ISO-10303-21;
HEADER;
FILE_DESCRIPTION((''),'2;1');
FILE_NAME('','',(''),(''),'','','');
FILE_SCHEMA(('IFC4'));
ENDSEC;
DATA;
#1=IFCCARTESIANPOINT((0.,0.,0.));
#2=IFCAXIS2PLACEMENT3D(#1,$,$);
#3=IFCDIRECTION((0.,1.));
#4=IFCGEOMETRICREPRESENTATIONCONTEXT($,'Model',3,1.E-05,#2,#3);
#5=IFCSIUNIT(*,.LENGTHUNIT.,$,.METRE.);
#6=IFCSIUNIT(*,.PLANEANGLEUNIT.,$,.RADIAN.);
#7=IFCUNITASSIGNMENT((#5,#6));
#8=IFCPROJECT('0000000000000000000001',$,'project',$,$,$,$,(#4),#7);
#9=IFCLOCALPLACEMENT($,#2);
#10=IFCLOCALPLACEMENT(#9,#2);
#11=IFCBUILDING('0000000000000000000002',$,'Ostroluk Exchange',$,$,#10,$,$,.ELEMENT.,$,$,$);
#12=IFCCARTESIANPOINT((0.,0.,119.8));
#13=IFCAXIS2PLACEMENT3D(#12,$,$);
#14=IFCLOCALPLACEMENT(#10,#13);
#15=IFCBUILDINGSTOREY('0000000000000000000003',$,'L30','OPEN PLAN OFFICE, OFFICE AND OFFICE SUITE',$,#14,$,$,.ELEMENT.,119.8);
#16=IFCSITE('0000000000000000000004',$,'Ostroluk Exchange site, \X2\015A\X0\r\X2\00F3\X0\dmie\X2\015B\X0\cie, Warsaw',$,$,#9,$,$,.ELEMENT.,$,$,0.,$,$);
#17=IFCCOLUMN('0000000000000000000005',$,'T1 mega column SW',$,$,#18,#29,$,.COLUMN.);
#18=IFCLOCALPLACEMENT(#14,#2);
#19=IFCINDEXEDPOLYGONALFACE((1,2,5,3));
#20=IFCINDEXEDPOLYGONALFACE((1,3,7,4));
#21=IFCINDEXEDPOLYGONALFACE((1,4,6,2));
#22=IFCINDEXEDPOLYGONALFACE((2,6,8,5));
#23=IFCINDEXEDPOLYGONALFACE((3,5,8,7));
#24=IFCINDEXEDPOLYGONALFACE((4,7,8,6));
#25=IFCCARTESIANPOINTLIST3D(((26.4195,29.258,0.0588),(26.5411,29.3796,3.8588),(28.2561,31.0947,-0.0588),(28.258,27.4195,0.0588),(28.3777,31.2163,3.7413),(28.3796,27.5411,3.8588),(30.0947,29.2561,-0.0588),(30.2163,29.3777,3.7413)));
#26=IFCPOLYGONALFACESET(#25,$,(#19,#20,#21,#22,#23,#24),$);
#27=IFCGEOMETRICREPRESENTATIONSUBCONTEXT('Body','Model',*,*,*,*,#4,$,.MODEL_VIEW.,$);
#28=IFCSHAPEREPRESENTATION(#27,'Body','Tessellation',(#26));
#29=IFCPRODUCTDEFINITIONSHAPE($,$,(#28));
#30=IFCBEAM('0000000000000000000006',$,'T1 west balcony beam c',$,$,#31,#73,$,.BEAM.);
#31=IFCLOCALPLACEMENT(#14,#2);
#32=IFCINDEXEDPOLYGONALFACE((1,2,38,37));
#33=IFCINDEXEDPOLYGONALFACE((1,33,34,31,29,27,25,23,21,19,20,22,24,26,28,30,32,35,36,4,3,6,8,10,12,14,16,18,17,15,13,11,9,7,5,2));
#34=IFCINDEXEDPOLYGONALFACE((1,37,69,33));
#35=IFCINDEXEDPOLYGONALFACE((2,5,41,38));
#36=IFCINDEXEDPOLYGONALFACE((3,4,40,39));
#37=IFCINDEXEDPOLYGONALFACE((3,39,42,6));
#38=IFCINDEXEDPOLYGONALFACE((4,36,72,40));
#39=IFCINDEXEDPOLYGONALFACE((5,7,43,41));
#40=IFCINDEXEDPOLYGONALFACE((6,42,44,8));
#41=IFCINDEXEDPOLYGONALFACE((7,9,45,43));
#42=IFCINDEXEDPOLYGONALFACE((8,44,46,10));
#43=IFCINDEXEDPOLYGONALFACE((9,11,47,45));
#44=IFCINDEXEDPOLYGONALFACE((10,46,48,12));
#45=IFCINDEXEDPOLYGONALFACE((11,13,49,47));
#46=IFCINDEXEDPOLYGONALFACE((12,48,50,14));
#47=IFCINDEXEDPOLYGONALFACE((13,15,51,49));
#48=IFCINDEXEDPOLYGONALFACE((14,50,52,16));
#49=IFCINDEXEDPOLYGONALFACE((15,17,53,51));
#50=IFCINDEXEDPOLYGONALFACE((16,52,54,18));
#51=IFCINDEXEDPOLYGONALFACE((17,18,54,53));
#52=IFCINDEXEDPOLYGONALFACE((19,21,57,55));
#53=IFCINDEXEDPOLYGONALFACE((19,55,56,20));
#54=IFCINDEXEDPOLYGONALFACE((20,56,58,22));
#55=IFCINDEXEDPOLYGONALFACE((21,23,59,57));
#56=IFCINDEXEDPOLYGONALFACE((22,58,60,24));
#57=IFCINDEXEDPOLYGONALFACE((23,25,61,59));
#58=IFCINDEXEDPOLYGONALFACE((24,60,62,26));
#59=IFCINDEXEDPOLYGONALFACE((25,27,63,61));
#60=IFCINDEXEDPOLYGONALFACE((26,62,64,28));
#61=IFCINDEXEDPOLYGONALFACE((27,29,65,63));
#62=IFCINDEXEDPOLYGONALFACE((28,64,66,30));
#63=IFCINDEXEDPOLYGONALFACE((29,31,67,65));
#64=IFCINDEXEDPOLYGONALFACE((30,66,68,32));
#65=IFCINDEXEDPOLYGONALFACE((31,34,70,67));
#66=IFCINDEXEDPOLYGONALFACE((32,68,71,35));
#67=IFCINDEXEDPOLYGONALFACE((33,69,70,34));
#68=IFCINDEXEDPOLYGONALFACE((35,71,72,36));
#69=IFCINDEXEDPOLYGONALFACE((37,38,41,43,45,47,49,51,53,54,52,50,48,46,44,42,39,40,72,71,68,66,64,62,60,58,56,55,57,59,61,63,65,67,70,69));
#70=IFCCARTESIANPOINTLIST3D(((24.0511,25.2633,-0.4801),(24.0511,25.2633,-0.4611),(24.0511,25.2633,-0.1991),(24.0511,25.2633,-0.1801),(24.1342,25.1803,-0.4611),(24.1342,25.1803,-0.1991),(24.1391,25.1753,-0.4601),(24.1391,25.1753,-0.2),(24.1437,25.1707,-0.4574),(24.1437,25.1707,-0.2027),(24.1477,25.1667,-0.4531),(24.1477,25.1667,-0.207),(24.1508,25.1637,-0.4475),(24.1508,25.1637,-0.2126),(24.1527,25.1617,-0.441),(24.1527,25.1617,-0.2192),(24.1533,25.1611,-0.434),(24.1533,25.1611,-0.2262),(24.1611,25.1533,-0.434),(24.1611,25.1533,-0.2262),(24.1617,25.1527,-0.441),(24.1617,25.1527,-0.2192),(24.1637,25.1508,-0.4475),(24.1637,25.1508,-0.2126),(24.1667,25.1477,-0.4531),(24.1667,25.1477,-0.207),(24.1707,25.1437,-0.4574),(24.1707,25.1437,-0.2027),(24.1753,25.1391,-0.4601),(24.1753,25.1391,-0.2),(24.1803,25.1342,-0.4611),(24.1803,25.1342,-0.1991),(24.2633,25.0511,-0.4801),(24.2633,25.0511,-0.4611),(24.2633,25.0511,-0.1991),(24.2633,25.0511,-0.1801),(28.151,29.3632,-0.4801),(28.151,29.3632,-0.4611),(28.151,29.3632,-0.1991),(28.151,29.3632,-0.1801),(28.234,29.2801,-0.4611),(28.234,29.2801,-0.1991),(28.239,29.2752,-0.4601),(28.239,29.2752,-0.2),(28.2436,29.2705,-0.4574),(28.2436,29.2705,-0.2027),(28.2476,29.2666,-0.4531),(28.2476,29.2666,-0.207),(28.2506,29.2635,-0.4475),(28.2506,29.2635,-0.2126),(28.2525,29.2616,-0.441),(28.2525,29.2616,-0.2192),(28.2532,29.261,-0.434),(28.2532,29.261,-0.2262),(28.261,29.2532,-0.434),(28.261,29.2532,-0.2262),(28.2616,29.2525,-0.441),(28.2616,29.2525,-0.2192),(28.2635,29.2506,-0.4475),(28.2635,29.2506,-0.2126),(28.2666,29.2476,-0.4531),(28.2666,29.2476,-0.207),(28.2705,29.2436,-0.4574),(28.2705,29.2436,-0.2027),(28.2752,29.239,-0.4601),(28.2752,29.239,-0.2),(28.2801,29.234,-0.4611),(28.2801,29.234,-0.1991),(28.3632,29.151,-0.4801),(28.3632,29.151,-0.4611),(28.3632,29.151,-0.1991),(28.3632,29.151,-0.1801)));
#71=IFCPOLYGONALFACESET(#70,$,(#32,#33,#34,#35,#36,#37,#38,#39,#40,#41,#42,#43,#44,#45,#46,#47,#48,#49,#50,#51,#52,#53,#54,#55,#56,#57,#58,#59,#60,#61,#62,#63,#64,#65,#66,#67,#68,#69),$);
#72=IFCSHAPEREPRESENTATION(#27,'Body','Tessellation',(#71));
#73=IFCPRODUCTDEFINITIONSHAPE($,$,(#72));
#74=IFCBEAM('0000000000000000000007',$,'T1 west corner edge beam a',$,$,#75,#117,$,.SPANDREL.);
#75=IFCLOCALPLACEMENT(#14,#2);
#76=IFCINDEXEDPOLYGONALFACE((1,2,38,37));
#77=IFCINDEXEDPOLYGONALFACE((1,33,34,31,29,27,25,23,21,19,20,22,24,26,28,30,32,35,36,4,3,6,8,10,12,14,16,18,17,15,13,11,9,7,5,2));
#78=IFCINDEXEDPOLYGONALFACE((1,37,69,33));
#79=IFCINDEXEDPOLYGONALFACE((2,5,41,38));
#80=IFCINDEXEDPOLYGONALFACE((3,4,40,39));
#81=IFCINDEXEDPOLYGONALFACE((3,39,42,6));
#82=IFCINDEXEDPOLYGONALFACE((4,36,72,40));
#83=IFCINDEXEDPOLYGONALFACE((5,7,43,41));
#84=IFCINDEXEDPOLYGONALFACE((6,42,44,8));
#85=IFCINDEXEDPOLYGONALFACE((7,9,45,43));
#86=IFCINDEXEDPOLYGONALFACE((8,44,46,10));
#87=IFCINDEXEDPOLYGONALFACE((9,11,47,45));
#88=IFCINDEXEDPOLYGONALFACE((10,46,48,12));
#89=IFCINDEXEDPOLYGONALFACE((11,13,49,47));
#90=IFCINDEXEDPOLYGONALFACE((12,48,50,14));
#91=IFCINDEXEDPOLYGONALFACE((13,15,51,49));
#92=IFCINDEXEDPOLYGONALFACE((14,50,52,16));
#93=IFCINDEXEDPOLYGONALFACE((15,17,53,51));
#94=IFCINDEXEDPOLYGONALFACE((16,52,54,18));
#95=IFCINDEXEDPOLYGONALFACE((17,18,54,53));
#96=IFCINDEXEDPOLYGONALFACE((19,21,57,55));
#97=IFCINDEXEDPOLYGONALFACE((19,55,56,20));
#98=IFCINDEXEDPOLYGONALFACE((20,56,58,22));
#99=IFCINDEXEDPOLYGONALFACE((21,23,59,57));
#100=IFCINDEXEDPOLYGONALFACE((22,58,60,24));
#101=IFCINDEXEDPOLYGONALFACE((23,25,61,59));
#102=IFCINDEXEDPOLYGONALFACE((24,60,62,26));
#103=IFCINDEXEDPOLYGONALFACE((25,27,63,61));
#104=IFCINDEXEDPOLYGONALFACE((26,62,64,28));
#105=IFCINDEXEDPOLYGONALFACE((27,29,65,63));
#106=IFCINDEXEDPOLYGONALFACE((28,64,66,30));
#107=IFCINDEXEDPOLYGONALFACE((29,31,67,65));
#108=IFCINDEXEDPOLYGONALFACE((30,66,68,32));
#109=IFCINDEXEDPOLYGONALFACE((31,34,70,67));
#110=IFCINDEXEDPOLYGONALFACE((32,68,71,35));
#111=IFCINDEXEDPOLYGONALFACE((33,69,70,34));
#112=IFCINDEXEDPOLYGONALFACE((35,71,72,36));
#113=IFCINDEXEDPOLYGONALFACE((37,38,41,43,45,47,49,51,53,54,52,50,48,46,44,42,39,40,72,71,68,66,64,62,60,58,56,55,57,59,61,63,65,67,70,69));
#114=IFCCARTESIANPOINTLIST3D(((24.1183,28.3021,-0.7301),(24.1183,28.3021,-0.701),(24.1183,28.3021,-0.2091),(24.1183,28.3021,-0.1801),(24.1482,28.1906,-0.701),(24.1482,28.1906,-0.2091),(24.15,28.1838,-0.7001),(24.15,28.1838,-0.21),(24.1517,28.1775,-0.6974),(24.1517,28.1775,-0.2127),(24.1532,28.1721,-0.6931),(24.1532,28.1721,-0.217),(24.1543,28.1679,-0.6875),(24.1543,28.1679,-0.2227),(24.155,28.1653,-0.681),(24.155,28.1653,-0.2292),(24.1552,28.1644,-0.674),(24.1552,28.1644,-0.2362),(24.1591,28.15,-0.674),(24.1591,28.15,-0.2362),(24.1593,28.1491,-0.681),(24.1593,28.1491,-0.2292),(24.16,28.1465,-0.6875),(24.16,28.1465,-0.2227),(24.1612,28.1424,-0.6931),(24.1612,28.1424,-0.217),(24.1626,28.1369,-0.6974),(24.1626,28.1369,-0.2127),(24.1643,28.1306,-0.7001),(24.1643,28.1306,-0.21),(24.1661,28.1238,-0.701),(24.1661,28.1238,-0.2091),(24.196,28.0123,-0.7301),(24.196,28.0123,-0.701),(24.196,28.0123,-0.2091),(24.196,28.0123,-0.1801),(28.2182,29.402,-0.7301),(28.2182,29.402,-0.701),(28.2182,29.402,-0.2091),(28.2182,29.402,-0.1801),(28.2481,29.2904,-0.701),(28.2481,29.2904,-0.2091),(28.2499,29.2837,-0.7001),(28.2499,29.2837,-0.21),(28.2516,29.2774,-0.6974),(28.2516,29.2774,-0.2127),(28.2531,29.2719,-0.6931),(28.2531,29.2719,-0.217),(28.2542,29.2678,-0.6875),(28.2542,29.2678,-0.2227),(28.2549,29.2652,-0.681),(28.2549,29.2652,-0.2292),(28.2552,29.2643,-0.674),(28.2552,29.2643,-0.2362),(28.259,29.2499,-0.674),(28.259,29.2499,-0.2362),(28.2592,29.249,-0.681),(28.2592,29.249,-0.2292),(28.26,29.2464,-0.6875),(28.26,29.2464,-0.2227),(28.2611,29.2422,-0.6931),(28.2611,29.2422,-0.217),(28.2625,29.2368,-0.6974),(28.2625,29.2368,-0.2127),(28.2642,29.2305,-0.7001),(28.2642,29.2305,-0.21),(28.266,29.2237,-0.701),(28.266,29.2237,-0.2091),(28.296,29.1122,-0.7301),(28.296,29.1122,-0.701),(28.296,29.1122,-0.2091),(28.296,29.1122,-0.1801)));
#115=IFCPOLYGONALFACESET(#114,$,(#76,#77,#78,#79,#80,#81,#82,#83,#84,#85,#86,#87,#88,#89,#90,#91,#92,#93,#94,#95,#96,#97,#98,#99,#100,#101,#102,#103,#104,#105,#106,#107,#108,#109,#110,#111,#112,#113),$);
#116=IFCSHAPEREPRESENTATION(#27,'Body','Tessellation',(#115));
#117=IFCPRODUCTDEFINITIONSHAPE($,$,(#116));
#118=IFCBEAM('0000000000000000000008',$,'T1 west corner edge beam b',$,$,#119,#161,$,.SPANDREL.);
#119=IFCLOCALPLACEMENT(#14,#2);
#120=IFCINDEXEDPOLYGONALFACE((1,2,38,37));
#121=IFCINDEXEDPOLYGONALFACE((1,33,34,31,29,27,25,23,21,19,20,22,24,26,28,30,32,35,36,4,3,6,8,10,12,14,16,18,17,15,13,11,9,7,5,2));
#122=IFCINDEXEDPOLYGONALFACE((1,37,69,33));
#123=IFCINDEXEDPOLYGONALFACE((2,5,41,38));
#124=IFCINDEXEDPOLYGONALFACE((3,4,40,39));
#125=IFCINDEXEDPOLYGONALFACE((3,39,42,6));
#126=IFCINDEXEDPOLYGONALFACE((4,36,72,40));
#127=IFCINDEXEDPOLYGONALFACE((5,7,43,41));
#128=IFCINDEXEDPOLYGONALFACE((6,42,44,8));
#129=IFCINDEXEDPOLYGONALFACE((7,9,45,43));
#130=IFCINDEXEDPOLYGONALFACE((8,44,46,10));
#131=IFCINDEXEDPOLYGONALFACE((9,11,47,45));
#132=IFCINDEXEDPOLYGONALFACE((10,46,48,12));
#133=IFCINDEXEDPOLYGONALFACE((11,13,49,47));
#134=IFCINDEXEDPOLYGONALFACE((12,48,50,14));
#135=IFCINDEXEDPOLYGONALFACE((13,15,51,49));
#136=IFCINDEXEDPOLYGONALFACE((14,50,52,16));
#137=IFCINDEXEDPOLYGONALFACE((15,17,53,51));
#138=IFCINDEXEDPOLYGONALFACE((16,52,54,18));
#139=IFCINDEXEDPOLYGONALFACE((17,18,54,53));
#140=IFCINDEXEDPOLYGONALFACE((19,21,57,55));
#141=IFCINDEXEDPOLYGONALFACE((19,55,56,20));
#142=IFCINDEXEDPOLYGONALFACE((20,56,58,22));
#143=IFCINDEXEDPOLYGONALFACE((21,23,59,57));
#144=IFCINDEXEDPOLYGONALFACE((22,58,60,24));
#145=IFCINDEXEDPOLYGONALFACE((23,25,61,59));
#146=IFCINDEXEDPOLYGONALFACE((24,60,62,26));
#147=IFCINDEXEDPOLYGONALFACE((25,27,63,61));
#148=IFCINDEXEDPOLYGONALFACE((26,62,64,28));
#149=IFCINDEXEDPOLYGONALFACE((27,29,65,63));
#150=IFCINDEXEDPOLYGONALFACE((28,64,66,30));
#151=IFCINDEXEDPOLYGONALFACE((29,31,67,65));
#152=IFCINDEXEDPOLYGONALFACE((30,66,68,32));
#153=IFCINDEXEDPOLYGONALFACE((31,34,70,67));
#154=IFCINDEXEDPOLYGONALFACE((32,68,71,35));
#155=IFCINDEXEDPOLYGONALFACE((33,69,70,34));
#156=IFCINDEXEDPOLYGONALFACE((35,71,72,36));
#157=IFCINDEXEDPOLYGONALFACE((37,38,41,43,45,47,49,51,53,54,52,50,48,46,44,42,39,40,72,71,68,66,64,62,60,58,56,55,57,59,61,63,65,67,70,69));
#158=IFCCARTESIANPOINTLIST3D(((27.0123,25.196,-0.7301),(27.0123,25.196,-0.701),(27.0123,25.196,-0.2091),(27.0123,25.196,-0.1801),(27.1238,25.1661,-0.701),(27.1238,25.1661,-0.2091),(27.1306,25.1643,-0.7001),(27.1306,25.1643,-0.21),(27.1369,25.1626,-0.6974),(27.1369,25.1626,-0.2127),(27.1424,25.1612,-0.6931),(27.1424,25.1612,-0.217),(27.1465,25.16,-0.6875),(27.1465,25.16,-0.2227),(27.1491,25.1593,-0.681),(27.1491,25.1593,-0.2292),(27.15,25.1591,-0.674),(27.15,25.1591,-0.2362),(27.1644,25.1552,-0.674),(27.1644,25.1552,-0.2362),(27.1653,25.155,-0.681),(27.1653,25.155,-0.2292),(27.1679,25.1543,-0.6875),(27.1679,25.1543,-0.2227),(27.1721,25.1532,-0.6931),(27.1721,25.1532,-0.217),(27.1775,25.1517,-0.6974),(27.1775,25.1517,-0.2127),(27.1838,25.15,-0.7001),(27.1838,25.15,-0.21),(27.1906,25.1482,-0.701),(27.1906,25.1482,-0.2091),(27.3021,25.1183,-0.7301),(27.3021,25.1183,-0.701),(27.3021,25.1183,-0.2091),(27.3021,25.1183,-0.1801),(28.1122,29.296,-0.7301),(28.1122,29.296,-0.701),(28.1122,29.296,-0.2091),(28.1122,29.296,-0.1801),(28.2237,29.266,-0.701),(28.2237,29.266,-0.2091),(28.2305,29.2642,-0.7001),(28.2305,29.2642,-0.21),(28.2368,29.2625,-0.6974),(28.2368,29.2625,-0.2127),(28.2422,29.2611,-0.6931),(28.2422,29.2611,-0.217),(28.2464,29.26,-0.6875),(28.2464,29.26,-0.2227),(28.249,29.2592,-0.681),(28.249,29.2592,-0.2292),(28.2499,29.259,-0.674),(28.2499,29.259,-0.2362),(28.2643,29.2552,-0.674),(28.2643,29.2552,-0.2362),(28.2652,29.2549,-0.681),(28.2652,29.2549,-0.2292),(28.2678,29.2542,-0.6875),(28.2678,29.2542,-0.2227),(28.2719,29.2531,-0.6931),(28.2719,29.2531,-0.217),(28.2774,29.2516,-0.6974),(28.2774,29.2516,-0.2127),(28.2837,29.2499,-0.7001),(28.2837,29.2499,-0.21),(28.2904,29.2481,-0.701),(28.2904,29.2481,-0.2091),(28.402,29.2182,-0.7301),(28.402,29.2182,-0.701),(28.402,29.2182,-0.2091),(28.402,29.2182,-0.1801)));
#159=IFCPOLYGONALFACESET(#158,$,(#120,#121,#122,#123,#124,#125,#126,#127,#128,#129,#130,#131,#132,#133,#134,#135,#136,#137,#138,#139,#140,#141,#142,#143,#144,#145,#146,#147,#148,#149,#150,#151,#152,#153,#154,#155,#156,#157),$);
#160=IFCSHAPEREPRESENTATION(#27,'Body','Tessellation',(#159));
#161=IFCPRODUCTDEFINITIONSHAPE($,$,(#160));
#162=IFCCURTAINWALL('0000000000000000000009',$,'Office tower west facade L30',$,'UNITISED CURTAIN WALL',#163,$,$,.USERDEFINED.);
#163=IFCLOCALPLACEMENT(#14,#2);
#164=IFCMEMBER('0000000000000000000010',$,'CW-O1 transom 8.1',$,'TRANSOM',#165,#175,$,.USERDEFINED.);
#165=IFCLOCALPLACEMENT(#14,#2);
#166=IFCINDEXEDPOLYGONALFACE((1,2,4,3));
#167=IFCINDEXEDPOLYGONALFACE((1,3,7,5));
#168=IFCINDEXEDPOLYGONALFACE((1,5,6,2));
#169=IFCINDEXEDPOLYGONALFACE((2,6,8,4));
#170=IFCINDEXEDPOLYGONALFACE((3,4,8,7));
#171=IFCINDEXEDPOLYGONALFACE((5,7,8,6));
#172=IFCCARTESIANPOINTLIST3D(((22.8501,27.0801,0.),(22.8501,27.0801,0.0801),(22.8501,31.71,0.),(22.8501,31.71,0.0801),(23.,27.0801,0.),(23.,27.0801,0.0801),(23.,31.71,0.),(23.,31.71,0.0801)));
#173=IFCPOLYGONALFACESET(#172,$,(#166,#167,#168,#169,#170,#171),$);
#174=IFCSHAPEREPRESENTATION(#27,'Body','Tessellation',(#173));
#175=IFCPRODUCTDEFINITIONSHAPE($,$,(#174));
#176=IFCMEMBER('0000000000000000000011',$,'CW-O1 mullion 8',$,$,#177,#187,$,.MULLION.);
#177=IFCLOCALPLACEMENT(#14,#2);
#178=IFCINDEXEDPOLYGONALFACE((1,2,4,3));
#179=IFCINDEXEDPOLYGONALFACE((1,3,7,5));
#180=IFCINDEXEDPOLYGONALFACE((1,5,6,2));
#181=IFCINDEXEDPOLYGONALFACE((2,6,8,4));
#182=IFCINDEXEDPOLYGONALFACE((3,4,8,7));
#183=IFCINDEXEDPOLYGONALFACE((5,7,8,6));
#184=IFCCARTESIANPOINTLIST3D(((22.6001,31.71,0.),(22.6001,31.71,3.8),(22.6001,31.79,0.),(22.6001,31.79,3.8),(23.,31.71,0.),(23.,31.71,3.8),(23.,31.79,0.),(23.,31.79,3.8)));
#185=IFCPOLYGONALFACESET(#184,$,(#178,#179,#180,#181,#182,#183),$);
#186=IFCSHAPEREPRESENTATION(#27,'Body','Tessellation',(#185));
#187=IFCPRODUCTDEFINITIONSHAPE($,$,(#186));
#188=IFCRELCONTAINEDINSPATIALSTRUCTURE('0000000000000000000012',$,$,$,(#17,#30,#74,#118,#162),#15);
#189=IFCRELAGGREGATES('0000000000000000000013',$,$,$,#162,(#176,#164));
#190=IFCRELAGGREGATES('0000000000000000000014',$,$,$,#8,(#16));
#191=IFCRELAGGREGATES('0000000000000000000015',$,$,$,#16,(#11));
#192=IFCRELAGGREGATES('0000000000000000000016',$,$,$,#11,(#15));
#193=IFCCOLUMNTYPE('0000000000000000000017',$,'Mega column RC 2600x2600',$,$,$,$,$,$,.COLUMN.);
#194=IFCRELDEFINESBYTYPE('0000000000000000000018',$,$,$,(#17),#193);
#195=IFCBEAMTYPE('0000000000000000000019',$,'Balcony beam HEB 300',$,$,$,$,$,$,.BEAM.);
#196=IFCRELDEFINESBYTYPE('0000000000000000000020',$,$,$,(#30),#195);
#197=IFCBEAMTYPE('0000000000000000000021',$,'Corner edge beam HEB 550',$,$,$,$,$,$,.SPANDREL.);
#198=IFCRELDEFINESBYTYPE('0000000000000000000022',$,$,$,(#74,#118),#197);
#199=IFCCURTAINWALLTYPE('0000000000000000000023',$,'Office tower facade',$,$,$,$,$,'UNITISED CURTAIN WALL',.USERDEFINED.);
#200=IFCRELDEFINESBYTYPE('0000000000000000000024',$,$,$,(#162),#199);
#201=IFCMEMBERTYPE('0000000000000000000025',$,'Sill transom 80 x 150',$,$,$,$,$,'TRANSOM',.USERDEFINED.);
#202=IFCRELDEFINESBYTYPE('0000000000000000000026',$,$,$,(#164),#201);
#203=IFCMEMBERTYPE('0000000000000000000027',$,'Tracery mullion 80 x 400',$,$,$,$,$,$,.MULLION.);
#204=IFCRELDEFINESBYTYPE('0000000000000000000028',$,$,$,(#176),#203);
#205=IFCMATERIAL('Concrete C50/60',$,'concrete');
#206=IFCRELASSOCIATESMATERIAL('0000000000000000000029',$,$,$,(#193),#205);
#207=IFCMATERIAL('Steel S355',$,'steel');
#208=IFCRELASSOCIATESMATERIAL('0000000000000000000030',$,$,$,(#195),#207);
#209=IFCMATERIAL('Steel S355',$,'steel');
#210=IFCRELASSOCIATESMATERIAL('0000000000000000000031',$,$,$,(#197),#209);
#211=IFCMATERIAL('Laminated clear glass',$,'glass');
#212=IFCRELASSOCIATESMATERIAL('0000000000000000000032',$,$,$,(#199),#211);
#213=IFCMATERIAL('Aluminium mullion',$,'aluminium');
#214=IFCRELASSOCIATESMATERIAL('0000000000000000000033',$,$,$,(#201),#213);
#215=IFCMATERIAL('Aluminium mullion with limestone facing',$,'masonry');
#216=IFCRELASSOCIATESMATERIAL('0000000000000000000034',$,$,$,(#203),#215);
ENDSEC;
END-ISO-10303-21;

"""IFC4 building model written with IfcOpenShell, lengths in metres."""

from ifc_helpers import new_model, si_unit, direction, frame, origin, origin_2d, place, context, subcontext, project, spatial, rectangle, i_section, extrude, material, material_profile, profile_set, type_object, element, aggregate, save


model = new_model("IFC4")

# Units and contexts
model_context = context("Model", 3, precision=1e-05, world=origin(), true_north=direction((0.0, 1.0)))
body_context = subcontext(model_context, "Body", "Model", "MODEL_VIEW")
ifc_project = project(units=[si_unit("LENGTHUNIT", "METRE"), si_unit("PLANEANGLEUNIT", "RADIAN")], contexts=[model_context])

# Site, building, storey
site_placement = place(None, origin())
site = spatial("IfcSite", under=ifc_project, at=site_placement, Name="Ostroluk Exchange site, Śródmieście, Warsaw", CompositionType="ELEMENT", RefElevation=0.0)
building_placement = place(site_placement, origin())
building = spatial("IfcBuilding", under=site, at=building_placement, Name="Ostroluk Exchange", CompositionType="ELEMENT")
storey_placement = place(building_placement, frame((0.0, 0.0, 119.8)))
storey = spatial("IfcBuildingStorey", under=building, at=storey_placement, Name="L30", Description="OPEN PLAN OFFICE, OFFICE AND OFFICE SUITE", CompositionType="ELEMENT", Elevation=119.8)

# Column
ifc_material_1 = material(Name="Concrete C50/60", Category="concrete")
ifc_material_profile_1 = material_profile(ifc_material_1, rectangle(XDim=2.6001, YDim=2.6001, at=origin_2d()), Name="RC 2600x2600")
ifc_profile_set_1 = profile_set([ifc_material_profile_1], Name="Concrete C50/60")
column_type = type_object("IfcColumnType", Name="Mega column RC 2600x2600", PredefinedType="COLUMN", material=ifc_profile_set_1)
column_placement = place(storey_placement, frame((28.2571, 29.2571, 0.0), z_axis=(0.031962, 0.031962, 0.998978), x_axis=(-0.707107, 0.707107, 0.0)))
element("IfcColumn", 1, at=column_placement, inside=storey, type_object=column_type, Name="T1 mega column SW", PredefinedType="COLUMN", context=body_context, shape_type="SweptSolid", body=[
    extrude(rectangle(XDim=2.6001, YDim=2.6001, at=origin_2d()), origin(), (0.0, 0.0, 1.0), 3.804),
])

# Beams
ifc_material_2 = material(Name="Steel S355", Category="steel")
ifc_material_profile_2 = material_profile(ifc_material_2, i_section(OverallWidth=0.3, OverallDepth=0.3, WebThickness=0.011, FlangeThickness=0.019, FilletRadius=0.0271, at=origin_2d()), Name="HEB 300")
ifc_profile_set_2 = profile_set([ifc_material_profile_2], Name="Steel S355")
beam_type_1 = type_object("IfcBeamType", Name="Balcony beam HEB 300", PredefinedType="BEAM", material=ifc_profile_set_2)
beam_placement = place(storey_placement, frame((28.2571, 29.2571, -0.3301), z_axis=(-0.707107, -0.707107, 0.0), x_axis=(0.707107, -0.707107, 0.0)))
element("IfcBeam", 2, at=beam_placement, inside=storey, type_object=beam_type_1, Name="T1 west balcony beam c", PredefinedType="BEAM", context=body_context, shape_type="SweptSolid", body=[
    extrude(i_section(OverallWidth=0.3, OverallDepth=0.3, WebThickness=0.011, FlangeThickness=0.019, FilletRadius=0.0271, at=origin_2d()), origin(), (0.0, 0.0, 1.0), 5.7981),
])
ifc_material_3 = material(Name="Steel S355", Category="steel")
ifc_material_profile_3 = material_profile(ifc_material_3, i_section(OverallWidth=0.3, OverallDepth=0.55, WebThickness=0.0149, FlangeThickness=0.0291, FilletRadius=0.0271, at=origin_2d()), Name="HEB 550")
ifc_profile_set_3 = profile_set([ifc_material_profile_3], Name="Steel S355")
beam_type_2 = type_object("IfcBeamType", Name="Corner edge beam HEB 550", PredefinedType="SPANDREL", material=ifc_profile_set_3)
for number, where, z_axis, x_axis, name in (
    (3, (28.2571, 29.2571, -0.4551), (-0.965849, -0.259105, 0.0), (0.259105, -0.965849, 0.0), "T1 west corner edge beam a"),
    (4, (28.2571, 29.2571, -0.4551), (-0.259105, -0.965849, 0.0), (0.965849, -0.259105, 0.0), "T1 west corner edge beam b"),
):
    element("IfcBeam", number, at=place(storey_placement, frame(where, z_axis=z_axis, x_axis=x_axis)), inside=storey, type_object=beam_type_2, Name=name, PredefinedType="SPANDREL", context=body_context, shape_type="SweptSolid", body=[
        extrude(i_section(OverallWidth=0.3, OverallDepth=0.55, WebThickness=0.0149, FlangeThickness=0.0291, FilletRadius=0.0271, at=origin_2d()), origin(), (0.0, 0.0, 1.0), 4.2449),
    ])

# Curtain wall, members
ifc_material_4 = material(Name="Laminated clear glass", Category="glass")
curtain_wall_type = type_object("IfcCurtainWallType", Name="Office tower facade", ElementType="UNITISED CURTAIN WALL", PredefinedType="USERDEFINED", material=ifc_material_4)
curtain_wall_placement = place(storey_placement, origin())
curtain_wall = element("IfcCurtainWall", 5, at=curtain_wall_placement, inside=storey, type_object=curtain_wall_type, Name="Office tower west facade L30", ObjectType="UNITISED CURTAIN WALL", PredefinedType="USERDEFINED")
ifc_material_5 = material(Name="Aluminium mullion", Category="aluminium")
ifc_material_profile_4 = material_profile(ifc_material_5, rectangle(XDim=0.1499, YDim=0.0801, at=origin_2d()), Name="Sill transom 80 x 150")
ifc_profile_set_4 = profile_set([ifc_material_profile_4], Name="Aluminium mullion")
member_type_1 = type_object("IfcMemberType", Name="Sill transom 80 x 150", ElementType="TRANSOM", PredefinedType="USERDEFINED", material=ifc_profile_set_4)
member_1_placement = place(storey_placement, frame((22.925, 31.71, 0.04), z_axis=(0.0, -1.0, 0.0), x_axis=(1.0, 0.0, 0.0)))
member_1 = element("IfcMember", 6, at=member_1_placement, type_object=member_type_1, Name="CW-O1 transom 8.1", ObjectType="TRANSOM", PredefinedType="USERDEFINED", context=body_context, shape_type="SweptSolid", body=[
    extrude(rectangle(XDim=0.1499, YDim=0.0801, at=origin_2d()), origin(), (0.0, 0.0, 1.0), 4.6299),
])
ifc_material_6 = material(Name="Aluminium mullion with limestone facing", Category="masonry")
ifc_material_profile_5 = material_profile(ifc_material_6, rectangle(XDim=0.3999, YDim=0.0801, at=origin_2d()), Name="Tracery mullion 80 x 400")
ifc_profile_set_5 = profile_set([ifc_material_profile_5], Name="Aluminium mullion with limestone facing")
member_type_2 = type_object("IfcMemberType", Name="Tracery mullion 80 x 400", PredefinedType="MULLION", material=ifc_profile_set_5)
member_2_placement = place(storey_placement, frame((22.8, 31.75, 0.0), z_axis=(0.0, 0.0, 1.0), x_axis=(1.0, 0.0, 0.0)))
member_2 = element("IfcMember", 7, at=member_2_placement, type_object=member_type_2, Name="CW-O1 mullion 8", PredefinedType="MULLION", context=body_context, shape_type="SweptSolid", body=[
    extrude(rectangle(XDim=0.3999, YDim=0.0801, at=origin_2d()), origin(), (0.0, 0.0, 1.0), 3.8),
])
aggregate(curtain_wall, [member_2, member_1])

save(model, "model.ifc")
